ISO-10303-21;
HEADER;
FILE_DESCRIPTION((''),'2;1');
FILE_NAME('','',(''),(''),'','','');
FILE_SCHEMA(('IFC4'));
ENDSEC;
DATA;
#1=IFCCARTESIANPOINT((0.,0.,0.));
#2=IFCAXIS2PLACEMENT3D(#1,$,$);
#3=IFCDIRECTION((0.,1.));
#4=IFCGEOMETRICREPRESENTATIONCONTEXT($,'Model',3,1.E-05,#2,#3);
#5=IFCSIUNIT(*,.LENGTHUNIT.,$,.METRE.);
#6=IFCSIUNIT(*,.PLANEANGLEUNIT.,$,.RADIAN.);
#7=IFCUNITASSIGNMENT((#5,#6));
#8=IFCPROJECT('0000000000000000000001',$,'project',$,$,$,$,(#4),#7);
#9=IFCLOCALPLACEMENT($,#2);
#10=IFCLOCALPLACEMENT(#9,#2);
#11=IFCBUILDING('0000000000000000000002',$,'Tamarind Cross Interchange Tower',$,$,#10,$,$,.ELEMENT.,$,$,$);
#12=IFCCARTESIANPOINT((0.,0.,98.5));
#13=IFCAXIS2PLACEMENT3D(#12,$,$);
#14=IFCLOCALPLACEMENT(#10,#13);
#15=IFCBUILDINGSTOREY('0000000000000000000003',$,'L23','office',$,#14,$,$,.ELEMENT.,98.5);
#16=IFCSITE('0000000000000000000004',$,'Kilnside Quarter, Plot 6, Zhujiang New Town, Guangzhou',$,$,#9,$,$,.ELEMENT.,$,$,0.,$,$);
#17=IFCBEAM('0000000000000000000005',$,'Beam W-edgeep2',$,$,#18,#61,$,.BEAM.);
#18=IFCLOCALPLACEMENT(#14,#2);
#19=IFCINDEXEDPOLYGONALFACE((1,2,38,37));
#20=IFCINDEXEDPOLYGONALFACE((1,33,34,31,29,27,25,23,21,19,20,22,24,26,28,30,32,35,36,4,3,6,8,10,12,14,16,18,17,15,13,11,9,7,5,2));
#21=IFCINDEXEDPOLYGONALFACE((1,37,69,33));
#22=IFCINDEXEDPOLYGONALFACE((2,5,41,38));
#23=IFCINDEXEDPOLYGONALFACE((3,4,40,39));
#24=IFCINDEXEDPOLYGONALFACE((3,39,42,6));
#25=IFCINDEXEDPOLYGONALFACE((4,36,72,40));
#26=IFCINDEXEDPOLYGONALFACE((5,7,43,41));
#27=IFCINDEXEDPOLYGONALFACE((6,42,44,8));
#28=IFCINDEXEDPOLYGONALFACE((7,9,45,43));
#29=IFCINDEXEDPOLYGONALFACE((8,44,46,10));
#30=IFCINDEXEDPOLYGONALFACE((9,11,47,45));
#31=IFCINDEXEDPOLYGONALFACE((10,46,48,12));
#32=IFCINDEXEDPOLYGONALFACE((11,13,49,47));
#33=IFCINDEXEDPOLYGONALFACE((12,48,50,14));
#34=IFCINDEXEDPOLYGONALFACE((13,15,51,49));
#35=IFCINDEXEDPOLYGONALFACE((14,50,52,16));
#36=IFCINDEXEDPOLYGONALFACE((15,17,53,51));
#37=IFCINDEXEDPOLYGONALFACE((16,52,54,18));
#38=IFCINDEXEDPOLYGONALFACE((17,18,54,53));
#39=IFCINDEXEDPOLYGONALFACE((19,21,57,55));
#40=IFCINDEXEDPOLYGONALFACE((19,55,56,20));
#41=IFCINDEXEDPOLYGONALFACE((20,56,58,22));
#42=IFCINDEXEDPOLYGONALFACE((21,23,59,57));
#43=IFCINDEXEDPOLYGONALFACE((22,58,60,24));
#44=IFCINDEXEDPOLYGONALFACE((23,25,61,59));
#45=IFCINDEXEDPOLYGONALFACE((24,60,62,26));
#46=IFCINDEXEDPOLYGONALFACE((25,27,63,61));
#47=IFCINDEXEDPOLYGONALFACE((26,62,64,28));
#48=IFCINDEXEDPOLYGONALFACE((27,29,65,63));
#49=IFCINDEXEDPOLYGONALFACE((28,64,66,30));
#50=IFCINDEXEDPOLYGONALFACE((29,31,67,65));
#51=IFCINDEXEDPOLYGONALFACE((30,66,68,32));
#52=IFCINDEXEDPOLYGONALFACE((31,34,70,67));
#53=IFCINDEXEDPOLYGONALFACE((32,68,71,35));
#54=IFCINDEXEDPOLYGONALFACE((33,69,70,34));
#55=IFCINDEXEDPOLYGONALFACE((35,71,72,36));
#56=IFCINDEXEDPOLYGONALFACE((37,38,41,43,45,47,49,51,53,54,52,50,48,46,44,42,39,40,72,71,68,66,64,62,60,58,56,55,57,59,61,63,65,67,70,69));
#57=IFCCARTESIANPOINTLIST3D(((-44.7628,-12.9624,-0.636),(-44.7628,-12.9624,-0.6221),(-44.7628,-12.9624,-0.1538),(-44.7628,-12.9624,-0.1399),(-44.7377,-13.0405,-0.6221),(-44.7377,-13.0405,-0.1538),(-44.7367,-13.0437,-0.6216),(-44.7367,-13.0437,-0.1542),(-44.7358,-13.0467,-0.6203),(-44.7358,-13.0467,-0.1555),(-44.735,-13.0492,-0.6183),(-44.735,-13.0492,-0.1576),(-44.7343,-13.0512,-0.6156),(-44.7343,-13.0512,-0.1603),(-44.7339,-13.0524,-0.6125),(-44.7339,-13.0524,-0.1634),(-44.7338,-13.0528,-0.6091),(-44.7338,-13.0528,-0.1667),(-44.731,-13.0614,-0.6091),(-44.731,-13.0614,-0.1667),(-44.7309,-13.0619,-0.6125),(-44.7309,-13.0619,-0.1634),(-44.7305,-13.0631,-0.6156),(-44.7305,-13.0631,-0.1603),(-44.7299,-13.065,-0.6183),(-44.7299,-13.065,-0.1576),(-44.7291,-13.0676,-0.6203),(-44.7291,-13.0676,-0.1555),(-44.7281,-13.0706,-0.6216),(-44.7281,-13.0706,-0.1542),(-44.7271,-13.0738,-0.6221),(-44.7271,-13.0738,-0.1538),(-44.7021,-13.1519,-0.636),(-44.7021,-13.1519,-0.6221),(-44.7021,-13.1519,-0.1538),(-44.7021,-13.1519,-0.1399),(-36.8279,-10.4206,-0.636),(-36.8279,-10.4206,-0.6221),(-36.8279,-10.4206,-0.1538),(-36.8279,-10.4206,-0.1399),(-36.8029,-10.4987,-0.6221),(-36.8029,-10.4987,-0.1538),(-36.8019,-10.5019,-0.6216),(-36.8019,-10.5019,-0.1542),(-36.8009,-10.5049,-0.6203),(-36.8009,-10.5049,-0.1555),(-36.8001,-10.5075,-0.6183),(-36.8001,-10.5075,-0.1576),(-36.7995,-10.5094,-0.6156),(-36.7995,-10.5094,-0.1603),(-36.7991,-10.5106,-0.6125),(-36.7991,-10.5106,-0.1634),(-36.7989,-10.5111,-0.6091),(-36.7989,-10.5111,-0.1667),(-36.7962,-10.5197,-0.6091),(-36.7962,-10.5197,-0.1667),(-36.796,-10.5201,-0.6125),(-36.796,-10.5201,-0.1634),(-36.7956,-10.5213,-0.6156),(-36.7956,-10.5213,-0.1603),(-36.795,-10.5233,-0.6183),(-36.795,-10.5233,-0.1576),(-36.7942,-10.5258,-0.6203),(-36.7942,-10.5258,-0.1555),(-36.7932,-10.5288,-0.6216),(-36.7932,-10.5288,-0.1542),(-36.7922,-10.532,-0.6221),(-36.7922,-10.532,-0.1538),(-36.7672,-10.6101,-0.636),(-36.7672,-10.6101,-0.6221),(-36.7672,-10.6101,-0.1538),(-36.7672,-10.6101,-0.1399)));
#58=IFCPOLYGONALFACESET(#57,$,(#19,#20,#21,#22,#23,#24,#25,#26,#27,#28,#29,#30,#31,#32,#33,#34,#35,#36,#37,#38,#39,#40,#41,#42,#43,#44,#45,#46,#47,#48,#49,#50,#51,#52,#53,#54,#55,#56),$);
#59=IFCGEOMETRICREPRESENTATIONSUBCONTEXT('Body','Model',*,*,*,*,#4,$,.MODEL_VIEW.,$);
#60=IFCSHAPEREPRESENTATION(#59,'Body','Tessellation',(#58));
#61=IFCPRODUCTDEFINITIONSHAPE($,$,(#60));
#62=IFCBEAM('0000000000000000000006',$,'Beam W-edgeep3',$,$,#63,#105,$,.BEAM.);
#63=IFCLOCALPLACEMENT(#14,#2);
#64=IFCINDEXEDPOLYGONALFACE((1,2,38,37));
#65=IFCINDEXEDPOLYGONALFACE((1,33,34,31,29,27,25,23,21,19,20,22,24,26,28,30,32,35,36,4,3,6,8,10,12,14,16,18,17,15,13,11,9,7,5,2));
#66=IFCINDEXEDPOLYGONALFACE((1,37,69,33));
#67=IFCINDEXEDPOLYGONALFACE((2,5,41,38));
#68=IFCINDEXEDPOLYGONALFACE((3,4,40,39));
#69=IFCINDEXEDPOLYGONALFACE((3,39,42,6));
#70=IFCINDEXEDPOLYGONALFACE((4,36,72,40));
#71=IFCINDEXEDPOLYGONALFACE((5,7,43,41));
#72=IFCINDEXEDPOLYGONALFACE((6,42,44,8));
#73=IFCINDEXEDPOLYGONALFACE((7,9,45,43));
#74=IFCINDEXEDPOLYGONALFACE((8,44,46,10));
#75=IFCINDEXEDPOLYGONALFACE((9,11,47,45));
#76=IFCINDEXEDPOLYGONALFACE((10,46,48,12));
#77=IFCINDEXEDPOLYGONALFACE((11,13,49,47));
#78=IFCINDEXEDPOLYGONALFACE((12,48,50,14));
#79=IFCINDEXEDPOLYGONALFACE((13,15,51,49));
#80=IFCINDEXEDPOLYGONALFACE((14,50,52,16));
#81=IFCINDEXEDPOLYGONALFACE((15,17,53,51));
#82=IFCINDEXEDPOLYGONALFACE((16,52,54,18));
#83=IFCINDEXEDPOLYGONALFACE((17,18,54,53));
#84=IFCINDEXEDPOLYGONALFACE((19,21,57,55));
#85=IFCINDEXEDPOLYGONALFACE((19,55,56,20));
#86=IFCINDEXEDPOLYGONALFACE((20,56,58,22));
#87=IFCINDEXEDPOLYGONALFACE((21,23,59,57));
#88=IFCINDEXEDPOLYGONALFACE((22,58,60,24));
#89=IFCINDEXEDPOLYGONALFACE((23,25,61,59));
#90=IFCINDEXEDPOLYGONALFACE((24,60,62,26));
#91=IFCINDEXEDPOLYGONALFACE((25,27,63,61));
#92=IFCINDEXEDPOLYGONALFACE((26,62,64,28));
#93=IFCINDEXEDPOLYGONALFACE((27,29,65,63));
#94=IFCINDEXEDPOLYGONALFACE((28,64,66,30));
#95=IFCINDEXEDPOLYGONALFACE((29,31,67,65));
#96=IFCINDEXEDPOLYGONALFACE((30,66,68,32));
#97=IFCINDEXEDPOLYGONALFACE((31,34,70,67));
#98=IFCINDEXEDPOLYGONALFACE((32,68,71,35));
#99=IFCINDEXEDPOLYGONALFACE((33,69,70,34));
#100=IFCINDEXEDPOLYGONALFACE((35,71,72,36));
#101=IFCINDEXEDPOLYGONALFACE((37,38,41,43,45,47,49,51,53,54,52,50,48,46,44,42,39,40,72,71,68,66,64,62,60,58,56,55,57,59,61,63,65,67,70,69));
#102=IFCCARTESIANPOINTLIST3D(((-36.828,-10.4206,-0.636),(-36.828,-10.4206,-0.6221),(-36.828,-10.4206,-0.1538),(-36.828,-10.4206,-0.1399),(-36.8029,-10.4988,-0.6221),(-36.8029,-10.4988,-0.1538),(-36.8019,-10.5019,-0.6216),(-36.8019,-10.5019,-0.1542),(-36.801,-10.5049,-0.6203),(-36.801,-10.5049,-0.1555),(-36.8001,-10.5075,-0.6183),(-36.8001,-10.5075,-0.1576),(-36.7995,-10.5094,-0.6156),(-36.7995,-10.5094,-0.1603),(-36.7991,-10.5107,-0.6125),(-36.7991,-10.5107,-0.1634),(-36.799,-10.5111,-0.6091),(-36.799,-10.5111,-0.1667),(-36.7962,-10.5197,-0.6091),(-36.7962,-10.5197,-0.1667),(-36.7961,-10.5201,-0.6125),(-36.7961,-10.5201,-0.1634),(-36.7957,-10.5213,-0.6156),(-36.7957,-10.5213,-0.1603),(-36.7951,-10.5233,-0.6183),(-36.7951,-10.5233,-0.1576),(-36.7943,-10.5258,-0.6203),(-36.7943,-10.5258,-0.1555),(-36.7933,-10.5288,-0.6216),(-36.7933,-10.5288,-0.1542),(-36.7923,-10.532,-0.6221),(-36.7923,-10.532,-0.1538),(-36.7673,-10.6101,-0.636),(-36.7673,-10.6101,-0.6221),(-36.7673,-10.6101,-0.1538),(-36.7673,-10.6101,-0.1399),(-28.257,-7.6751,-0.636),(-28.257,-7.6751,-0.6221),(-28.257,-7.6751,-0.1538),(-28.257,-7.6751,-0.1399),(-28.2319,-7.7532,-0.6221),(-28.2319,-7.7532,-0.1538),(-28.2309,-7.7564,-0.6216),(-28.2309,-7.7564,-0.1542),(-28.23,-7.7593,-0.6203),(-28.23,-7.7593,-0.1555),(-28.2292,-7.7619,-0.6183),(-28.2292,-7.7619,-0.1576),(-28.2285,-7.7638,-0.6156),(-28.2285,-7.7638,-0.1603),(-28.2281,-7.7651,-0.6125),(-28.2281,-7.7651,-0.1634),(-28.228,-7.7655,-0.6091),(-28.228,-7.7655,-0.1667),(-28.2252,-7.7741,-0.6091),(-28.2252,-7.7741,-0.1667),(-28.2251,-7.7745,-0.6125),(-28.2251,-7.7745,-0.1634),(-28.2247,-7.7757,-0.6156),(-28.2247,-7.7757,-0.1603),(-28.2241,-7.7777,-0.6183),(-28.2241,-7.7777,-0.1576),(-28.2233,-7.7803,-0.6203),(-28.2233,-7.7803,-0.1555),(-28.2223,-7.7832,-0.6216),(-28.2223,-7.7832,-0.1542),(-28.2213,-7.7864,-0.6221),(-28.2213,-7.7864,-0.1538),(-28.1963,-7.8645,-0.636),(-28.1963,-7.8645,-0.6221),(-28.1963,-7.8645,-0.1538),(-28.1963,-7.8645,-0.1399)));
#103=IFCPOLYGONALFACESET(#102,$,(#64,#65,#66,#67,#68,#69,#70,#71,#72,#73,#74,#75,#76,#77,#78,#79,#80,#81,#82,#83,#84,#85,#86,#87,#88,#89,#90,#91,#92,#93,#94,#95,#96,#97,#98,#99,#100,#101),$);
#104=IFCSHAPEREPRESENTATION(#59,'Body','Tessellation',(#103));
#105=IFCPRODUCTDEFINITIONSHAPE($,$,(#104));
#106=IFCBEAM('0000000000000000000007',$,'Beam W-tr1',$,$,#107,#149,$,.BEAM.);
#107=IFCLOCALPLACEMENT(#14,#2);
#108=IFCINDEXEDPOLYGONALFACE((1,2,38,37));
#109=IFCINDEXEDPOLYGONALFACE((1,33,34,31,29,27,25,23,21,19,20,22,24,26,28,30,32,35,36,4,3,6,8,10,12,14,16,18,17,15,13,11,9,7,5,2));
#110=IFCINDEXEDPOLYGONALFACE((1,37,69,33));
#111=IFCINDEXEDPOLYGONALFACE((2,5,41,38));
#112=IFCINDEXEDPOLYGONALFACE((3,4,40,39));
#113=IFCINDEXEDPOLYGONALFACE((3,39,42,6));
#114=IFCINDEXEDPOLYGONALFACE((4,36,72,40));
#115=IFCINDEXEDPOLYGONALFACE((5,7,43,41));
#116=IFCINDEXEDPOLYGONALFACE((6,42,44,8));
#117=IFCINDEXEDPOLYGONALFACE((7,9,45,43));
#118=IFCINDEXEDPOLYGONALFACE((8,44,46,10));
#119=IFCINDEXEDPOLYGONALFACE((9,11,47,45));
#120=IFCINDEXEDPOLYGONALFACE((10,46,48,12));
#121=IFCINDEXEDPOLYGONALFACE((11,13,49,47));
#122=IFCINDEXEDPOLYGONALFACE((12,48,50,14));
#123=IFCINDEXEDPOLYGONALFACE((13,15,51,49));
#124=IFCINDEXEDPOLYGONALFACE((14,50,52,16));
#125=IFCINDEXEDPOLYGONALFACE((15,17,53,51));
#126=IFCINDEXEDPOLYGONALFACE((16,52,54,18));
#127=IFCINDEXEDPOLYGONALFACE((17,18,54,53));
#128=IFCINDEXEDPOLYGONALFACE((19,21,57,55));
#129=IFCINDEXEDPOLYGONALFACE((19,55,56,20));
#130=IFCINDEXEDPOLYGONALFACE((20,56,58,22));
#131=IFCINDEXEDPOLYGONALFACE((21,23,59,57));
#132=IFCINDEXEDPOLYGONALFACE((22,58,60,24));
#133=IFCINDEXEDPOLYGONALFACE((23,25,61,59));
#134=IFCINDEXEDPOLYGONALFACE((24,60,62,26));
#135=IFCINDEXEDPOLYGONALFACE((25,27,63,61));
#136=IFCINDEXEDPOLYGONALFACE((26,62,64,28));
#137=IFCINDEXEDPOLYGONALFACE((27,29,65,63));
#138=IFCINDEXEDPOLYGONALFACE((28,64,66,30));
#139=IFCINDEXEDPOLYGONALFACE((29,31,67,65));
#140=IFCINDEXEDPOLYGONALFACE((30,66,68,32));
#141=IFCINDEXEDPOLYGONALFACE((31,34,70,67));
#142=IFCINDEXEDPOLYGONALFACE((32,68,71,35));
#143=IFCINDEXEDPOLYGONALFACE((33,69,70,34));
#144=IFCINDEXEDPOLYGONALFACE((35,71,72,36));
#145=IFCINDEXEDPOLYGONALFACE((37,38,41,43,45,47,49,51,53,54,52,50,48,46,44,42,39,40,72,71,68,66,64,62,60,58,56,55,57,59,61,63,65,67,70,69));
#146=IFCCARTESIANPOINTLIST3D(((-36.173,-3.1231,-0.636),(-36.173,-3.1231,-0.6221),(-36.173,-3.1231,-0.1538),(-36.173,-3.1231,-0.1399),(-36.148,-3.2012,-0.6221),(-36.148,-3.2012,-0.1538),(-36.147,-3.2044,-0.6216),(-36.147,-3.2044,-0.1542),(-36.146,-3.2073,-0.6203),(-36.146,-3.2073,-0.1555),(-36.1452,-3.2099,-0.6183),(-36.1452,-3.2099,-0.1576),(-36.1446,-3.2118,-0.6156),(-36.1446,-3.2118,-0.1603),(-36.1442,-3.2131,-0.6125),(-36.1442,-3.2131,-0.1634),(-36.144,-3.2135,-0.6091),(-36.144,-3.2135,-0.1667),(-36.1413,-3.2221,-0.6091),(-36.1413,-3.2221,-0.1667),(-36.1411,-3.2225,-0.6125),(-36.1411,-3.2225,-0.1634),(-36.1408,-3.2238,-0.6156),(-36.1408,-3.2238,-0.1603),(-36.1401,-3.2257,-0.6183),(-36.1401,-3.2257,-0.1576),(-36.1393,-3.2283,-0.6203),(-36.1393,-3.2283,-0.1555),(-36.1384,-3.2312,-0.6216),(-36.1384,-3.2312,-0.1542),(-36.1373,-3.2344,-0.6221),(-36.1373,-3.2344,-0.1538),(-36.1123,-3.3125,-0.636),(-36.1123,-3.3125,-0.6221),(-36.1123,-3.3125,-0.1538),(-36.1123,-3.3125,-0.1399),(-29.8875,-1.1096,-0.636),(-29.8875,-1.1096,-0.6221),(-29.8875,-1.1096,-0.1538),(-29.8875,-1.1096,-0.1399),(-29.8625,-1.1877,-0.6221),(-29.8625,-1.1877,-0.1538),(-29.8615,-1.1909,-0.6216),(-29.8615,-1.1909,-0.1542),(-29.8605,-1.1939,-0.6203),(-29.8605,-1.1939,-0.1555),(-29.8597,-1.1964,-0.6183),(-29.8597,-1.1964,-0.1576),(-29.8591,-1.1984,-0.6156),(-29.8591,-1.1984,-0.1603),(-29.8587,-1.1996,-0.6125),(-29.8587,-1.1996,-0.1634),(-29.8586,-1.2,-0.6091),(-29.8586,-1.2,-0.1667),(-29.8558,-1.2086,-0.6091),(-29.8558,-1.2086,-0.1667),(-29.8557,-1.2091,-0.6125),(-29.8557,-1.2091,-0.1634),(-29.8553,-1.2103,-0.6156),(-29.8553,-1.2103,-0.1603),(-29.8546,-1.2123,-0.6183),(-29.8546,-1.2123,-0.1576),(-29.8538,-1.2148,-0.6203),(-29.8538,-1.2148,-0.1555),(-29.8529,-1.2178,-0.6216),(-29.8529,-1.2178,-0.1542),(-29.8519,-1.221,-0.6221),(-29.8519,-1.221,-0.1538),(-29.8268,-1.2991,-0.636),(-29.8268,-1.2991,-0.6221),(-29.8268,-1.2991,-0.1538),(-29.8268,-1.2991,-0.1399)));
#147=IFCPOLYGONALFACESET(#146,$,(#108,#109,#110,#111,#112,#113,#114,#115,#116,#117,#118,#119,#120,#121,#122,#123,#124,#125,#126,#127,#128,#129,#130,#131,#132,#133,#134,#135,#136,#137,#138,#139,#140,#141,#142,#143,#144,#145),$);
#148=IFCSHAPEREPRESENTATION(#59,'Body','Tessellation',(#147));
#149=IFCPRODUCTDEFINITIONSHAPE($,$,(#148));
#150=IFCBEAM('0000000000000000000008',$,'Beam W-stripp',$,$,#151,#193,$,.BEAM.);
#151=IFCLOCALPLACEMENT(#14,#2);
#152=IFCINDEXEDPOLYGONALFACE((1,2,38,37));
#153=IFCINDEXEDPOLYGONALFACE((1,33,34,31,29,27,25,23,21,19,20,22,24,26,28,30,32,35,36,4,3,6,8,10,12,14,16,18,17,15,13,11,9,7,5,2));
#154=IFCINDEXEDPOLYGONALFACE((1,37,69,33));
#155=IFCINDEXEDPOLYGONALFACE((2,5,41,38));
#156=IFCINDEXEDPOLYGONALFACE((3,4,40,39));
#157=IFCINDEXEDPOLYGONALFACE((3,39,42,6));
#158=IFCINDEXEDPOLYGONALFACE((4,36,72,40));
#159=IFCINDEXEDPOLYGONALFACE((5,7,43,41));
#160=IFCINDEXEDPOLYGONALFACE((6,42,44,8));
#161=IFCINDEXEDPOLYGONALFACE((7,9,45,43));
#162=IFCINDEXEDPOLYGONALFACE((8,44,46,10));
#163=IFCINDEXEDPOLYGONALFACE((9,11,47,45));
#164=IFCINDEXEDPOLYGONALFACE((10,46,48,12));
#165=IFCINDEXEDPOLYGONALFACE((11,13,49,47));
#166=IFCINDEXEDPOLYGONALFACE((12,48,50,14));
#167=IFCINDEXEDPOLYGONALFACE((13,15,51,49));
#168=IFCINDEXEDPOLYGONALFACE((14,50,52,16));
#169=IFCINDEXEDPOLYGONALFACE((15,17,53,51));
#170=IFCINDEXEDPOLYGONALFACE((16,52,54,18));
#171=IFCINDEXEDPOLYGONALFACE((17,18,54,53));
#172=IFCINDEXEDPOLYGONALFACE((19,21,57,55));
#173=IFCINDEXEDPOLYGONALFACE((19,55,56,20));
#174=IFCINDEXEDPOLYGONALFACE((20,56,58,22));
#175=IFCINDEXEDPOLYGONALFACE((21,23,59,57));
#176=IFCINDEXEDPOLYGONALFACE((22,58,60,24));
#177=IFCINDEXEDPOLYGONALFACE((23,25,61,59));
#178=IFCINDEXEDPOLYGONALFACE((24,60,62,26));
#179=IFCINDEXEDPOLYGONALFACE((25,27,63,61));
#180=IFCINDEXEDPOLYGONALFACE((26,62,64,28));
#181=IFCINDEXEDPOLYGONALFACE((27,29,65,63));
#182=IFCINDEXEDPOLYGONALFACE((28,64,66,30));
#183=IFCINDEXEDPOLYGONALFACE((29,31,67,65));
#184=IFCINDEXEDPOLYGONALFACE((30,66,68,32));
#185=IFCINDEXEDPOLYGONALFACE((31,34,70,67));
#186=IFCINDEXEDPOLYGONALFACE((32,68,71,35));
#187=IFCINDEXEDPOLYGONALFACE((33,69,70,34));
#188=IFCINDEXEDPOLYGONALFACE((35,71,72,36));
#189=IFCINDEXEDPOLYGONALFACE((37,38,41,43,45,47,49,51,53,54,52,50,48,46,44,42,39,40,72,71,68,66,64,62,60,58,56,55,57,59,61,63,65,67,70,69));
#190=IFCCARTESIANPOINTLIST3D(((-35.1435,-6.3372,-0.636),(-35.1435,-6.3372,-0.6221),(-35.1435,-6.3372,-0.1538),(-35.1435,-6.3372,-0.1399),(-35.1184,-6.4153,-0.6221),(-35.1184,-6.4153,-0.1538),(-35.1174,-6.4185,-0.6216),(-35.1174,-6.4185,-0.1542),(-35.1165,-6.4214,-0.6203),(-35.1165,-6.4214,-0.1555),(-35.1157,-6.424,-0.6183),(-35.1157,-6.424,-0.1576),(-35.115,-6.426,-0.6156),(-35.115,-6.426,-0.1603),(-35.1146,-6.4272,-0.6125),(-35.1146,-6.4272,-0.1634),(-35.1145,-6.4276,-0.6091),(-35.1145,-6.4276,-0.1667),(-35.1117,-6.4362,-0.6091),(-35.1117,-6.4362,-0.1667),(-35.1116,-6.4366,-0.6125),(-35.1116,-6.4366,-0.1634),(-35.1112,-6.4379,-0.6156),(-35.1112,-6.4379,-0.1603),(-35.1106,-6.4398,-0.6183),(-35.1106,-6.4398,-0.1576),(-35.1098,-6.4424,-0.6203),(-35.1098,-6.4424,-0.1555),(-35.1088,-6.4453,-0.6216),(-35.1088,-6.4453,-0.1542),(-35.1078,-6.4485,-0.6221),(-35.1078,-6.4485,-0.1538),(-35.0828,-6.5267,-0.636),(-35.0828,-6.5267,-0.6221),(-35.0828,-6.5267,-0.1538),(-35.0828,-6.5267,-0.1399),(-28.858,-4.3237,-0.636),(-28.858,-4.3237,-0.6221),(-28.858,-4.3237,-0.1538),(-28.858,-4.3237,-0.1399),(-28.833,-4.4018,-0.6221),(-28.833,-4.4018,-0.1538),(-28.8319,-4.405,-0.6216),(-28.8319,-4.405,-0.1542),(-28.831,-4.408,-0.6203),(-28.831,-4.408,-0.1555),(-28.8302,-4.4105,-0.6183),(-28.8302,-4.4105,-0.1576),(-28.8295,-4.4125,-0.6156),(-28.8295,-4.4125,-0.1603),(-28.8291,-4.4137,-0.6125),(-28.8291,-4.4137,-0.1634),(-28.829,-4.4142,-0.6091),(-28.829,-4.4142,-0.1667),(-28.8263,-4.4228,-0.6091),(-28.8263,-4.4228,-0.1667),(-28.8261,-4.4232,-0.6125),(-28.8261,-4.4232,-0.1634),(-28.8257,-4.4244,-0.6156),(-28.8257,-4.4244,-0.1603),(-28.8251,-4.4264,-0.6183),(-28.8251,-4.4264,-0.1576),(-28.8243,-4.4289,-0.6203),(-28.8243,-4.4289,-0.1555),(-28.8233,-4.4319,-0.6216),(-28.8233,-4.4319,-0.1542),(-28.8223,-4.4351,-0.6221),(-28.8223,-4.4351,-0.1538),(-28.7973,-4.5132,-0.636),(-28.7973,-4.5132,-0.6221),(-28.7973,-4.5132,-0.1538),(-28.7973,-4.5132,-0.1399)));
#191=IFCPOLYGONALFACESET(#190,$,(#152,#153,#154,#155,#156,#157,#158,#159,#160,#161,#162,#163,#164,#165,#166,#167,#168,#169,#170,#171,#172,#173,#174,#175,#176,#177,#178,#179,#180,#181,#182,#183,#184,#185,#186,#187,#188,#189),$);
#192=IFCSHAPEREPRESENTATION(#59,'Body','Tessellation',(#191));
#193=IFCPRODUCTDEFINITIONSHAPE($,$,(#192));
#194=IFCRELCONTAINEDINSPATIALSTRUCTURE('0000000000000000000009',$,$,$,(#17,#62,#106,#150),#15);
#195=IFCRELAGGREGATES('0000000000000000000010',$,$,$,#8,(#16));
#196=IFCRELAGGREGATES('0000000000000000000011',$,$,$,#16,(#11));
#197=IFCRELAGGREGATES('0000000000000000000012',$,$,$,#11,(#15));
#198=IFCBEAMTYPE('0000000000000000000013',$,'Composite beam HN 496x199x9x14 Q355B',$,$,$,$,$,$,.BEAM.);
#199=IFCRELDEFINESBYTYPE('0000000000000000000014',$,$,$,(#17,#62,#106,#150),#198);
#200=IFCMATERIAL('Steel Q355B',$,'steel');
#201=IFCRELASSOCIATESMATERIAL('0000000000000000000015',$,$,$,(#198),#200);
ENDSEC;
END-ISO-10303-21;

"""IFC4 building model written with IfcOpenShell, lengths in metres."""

from ifc_helpers import new_model, si_unit, direction, frame, origin, origin_2d, place, context, subcontext, project, spatial, i_section, extrude, material, material_profile, profile_set, type_object, element, save


model = new_model("IFC4")

# Units and contexts
model_context = context("Model", 3, precision=1e-05, world=origin(), true_north=direction((0.0, 1.0)))
body_context = subcontext(model_context, "Body", "Model", "MODEL_VIEW")
ifc_project = project(units=[si_unit("LENGTHUNIT", "METRE"), si_unit("PLANEANGLEUNIT", "RADIAN")], contexts=[model_context])

# Site, building, storey
site_placement = place(None, origin())
site = spatial("IfcSite", under=ifc_project, at=site_placement, Name="Kilnside Quarter, Plot 6, Zhujiang New Town, Guangzhou", CompositionType="ELEMENT", RefElevation=0.0)
building_placement = place(site_placement, origin())
building = spatial("IfcBuilding", under=site, at=building_placement, Name="Tamarind Cross Interchange Tower", CompositionType="ELEMENT")
storey_placement = place(building_placement, frame((0.0, 0.0, 98.5)))
storey = spatial("IfcBuildingStorey", under=building, at=storey_placement, Name="L23", Description="office", CompositionType="ELEMENT", Elevation=98.5)

# Beams
ifc_material_1 = material(Name="Steel Q355B", Category="steel")
ifc_material_profile_1 = material_profile(ifc_material_1, i_section(OverallWidth=0.199, OverallDepth=0.4961, WebThickness=0.009, FlangeThickness=0.0139, FilletRadius=0.0129, at=origin_2d()), Name="HN 496x199x9x14")
ifc_profile_set_1 = profile_set([ifc_material_profile_1], Name="Steel Q355B")
beam_type_1 = type_object("IfcBeamType", Name="Composite beam HN 496x199x9x14 Q355B", PredefinedType="BEAM", material=ifc_profile_set_1)
beam_1_placement = place(storey_placement, frame((-44.7324, -13.0571, -0.3879), z_axis=(0.952333, 0.30506, 0.0), x_axis=(-0.30506, 0.952333, 0.0)))
element("IfcBeam", 1, at=beam_1_placement, inside=storey, type_object=beam_type_1, Name="Beam W-edgeep2", PredefinedType="BEAM", context=body_context, shape_type="SweptSolid", body=[
    extrude(i_section(OverallWidth=0.199, OverallDepth=0.4961, WebThickness=0.009, FlangeThickness=0.0139, FilletRadius=0.0129, at=origin_2d()), origin(), (0.0, 0.0, 1.0), 8.332),
])
beam_2_placement = place(storey_placement, frame((-36.7976, -10.5154, -0.3879), z_axis=(0.952332, 0.305065, 0.0), x_axis=(-0.305065, 0.952332, 0.0)))
element("IfcBeam", 2, at=beam_2_placement, inside=storey, type_object=beam_type_1, Name="Beam W-edgeep3", PredefinedType="BEAM", context=body_context, shape_type="SweptSolid", body=[
    extrude(i_section(OverallWidth=0.199, OverallDepth=0.4961, WebThickness=0.009, FlangeThickness=0.0139, FilletRadius=0.0129, at=origin_2d()), origin(), (0.0, 0.0, 1.0), 9.0),
])
for number, where, z_axis, x_axis, name in (
    (3, (-29.8572, -1.2043, -0.3879), (-0.952332, -0.305064, 0.0), (0.305064, -0.952332, 0.0), "Beam W-tr1"),
    (4, (-28.8276, -4.4185, -0.3879), (-0.952332, -0.305064, 0.0), (0.305064, -0.952332, 0.0), "Beam W-stripp"),
):
    element("IfcBeam", number, at=place(storey_placement, frame(where, z_axis=z_axis, x_axis=x_axis)), inside=storey, type_object=beam_type_1, Name=name, PredefinedType="BEAM", context=body_context, shape_type="SweptSolid", body=[
        extrude(i_section(OverallWidth=0.199, OverallDepth=0.4961, WebThickness=0.009, FlangeThickness=0.0139, FilletRadius=0.0129, at=origin_2d()), origin(), (0.0, 0.0, 1.0), 6.6001),
    ])

save(model, "model.ifc")
